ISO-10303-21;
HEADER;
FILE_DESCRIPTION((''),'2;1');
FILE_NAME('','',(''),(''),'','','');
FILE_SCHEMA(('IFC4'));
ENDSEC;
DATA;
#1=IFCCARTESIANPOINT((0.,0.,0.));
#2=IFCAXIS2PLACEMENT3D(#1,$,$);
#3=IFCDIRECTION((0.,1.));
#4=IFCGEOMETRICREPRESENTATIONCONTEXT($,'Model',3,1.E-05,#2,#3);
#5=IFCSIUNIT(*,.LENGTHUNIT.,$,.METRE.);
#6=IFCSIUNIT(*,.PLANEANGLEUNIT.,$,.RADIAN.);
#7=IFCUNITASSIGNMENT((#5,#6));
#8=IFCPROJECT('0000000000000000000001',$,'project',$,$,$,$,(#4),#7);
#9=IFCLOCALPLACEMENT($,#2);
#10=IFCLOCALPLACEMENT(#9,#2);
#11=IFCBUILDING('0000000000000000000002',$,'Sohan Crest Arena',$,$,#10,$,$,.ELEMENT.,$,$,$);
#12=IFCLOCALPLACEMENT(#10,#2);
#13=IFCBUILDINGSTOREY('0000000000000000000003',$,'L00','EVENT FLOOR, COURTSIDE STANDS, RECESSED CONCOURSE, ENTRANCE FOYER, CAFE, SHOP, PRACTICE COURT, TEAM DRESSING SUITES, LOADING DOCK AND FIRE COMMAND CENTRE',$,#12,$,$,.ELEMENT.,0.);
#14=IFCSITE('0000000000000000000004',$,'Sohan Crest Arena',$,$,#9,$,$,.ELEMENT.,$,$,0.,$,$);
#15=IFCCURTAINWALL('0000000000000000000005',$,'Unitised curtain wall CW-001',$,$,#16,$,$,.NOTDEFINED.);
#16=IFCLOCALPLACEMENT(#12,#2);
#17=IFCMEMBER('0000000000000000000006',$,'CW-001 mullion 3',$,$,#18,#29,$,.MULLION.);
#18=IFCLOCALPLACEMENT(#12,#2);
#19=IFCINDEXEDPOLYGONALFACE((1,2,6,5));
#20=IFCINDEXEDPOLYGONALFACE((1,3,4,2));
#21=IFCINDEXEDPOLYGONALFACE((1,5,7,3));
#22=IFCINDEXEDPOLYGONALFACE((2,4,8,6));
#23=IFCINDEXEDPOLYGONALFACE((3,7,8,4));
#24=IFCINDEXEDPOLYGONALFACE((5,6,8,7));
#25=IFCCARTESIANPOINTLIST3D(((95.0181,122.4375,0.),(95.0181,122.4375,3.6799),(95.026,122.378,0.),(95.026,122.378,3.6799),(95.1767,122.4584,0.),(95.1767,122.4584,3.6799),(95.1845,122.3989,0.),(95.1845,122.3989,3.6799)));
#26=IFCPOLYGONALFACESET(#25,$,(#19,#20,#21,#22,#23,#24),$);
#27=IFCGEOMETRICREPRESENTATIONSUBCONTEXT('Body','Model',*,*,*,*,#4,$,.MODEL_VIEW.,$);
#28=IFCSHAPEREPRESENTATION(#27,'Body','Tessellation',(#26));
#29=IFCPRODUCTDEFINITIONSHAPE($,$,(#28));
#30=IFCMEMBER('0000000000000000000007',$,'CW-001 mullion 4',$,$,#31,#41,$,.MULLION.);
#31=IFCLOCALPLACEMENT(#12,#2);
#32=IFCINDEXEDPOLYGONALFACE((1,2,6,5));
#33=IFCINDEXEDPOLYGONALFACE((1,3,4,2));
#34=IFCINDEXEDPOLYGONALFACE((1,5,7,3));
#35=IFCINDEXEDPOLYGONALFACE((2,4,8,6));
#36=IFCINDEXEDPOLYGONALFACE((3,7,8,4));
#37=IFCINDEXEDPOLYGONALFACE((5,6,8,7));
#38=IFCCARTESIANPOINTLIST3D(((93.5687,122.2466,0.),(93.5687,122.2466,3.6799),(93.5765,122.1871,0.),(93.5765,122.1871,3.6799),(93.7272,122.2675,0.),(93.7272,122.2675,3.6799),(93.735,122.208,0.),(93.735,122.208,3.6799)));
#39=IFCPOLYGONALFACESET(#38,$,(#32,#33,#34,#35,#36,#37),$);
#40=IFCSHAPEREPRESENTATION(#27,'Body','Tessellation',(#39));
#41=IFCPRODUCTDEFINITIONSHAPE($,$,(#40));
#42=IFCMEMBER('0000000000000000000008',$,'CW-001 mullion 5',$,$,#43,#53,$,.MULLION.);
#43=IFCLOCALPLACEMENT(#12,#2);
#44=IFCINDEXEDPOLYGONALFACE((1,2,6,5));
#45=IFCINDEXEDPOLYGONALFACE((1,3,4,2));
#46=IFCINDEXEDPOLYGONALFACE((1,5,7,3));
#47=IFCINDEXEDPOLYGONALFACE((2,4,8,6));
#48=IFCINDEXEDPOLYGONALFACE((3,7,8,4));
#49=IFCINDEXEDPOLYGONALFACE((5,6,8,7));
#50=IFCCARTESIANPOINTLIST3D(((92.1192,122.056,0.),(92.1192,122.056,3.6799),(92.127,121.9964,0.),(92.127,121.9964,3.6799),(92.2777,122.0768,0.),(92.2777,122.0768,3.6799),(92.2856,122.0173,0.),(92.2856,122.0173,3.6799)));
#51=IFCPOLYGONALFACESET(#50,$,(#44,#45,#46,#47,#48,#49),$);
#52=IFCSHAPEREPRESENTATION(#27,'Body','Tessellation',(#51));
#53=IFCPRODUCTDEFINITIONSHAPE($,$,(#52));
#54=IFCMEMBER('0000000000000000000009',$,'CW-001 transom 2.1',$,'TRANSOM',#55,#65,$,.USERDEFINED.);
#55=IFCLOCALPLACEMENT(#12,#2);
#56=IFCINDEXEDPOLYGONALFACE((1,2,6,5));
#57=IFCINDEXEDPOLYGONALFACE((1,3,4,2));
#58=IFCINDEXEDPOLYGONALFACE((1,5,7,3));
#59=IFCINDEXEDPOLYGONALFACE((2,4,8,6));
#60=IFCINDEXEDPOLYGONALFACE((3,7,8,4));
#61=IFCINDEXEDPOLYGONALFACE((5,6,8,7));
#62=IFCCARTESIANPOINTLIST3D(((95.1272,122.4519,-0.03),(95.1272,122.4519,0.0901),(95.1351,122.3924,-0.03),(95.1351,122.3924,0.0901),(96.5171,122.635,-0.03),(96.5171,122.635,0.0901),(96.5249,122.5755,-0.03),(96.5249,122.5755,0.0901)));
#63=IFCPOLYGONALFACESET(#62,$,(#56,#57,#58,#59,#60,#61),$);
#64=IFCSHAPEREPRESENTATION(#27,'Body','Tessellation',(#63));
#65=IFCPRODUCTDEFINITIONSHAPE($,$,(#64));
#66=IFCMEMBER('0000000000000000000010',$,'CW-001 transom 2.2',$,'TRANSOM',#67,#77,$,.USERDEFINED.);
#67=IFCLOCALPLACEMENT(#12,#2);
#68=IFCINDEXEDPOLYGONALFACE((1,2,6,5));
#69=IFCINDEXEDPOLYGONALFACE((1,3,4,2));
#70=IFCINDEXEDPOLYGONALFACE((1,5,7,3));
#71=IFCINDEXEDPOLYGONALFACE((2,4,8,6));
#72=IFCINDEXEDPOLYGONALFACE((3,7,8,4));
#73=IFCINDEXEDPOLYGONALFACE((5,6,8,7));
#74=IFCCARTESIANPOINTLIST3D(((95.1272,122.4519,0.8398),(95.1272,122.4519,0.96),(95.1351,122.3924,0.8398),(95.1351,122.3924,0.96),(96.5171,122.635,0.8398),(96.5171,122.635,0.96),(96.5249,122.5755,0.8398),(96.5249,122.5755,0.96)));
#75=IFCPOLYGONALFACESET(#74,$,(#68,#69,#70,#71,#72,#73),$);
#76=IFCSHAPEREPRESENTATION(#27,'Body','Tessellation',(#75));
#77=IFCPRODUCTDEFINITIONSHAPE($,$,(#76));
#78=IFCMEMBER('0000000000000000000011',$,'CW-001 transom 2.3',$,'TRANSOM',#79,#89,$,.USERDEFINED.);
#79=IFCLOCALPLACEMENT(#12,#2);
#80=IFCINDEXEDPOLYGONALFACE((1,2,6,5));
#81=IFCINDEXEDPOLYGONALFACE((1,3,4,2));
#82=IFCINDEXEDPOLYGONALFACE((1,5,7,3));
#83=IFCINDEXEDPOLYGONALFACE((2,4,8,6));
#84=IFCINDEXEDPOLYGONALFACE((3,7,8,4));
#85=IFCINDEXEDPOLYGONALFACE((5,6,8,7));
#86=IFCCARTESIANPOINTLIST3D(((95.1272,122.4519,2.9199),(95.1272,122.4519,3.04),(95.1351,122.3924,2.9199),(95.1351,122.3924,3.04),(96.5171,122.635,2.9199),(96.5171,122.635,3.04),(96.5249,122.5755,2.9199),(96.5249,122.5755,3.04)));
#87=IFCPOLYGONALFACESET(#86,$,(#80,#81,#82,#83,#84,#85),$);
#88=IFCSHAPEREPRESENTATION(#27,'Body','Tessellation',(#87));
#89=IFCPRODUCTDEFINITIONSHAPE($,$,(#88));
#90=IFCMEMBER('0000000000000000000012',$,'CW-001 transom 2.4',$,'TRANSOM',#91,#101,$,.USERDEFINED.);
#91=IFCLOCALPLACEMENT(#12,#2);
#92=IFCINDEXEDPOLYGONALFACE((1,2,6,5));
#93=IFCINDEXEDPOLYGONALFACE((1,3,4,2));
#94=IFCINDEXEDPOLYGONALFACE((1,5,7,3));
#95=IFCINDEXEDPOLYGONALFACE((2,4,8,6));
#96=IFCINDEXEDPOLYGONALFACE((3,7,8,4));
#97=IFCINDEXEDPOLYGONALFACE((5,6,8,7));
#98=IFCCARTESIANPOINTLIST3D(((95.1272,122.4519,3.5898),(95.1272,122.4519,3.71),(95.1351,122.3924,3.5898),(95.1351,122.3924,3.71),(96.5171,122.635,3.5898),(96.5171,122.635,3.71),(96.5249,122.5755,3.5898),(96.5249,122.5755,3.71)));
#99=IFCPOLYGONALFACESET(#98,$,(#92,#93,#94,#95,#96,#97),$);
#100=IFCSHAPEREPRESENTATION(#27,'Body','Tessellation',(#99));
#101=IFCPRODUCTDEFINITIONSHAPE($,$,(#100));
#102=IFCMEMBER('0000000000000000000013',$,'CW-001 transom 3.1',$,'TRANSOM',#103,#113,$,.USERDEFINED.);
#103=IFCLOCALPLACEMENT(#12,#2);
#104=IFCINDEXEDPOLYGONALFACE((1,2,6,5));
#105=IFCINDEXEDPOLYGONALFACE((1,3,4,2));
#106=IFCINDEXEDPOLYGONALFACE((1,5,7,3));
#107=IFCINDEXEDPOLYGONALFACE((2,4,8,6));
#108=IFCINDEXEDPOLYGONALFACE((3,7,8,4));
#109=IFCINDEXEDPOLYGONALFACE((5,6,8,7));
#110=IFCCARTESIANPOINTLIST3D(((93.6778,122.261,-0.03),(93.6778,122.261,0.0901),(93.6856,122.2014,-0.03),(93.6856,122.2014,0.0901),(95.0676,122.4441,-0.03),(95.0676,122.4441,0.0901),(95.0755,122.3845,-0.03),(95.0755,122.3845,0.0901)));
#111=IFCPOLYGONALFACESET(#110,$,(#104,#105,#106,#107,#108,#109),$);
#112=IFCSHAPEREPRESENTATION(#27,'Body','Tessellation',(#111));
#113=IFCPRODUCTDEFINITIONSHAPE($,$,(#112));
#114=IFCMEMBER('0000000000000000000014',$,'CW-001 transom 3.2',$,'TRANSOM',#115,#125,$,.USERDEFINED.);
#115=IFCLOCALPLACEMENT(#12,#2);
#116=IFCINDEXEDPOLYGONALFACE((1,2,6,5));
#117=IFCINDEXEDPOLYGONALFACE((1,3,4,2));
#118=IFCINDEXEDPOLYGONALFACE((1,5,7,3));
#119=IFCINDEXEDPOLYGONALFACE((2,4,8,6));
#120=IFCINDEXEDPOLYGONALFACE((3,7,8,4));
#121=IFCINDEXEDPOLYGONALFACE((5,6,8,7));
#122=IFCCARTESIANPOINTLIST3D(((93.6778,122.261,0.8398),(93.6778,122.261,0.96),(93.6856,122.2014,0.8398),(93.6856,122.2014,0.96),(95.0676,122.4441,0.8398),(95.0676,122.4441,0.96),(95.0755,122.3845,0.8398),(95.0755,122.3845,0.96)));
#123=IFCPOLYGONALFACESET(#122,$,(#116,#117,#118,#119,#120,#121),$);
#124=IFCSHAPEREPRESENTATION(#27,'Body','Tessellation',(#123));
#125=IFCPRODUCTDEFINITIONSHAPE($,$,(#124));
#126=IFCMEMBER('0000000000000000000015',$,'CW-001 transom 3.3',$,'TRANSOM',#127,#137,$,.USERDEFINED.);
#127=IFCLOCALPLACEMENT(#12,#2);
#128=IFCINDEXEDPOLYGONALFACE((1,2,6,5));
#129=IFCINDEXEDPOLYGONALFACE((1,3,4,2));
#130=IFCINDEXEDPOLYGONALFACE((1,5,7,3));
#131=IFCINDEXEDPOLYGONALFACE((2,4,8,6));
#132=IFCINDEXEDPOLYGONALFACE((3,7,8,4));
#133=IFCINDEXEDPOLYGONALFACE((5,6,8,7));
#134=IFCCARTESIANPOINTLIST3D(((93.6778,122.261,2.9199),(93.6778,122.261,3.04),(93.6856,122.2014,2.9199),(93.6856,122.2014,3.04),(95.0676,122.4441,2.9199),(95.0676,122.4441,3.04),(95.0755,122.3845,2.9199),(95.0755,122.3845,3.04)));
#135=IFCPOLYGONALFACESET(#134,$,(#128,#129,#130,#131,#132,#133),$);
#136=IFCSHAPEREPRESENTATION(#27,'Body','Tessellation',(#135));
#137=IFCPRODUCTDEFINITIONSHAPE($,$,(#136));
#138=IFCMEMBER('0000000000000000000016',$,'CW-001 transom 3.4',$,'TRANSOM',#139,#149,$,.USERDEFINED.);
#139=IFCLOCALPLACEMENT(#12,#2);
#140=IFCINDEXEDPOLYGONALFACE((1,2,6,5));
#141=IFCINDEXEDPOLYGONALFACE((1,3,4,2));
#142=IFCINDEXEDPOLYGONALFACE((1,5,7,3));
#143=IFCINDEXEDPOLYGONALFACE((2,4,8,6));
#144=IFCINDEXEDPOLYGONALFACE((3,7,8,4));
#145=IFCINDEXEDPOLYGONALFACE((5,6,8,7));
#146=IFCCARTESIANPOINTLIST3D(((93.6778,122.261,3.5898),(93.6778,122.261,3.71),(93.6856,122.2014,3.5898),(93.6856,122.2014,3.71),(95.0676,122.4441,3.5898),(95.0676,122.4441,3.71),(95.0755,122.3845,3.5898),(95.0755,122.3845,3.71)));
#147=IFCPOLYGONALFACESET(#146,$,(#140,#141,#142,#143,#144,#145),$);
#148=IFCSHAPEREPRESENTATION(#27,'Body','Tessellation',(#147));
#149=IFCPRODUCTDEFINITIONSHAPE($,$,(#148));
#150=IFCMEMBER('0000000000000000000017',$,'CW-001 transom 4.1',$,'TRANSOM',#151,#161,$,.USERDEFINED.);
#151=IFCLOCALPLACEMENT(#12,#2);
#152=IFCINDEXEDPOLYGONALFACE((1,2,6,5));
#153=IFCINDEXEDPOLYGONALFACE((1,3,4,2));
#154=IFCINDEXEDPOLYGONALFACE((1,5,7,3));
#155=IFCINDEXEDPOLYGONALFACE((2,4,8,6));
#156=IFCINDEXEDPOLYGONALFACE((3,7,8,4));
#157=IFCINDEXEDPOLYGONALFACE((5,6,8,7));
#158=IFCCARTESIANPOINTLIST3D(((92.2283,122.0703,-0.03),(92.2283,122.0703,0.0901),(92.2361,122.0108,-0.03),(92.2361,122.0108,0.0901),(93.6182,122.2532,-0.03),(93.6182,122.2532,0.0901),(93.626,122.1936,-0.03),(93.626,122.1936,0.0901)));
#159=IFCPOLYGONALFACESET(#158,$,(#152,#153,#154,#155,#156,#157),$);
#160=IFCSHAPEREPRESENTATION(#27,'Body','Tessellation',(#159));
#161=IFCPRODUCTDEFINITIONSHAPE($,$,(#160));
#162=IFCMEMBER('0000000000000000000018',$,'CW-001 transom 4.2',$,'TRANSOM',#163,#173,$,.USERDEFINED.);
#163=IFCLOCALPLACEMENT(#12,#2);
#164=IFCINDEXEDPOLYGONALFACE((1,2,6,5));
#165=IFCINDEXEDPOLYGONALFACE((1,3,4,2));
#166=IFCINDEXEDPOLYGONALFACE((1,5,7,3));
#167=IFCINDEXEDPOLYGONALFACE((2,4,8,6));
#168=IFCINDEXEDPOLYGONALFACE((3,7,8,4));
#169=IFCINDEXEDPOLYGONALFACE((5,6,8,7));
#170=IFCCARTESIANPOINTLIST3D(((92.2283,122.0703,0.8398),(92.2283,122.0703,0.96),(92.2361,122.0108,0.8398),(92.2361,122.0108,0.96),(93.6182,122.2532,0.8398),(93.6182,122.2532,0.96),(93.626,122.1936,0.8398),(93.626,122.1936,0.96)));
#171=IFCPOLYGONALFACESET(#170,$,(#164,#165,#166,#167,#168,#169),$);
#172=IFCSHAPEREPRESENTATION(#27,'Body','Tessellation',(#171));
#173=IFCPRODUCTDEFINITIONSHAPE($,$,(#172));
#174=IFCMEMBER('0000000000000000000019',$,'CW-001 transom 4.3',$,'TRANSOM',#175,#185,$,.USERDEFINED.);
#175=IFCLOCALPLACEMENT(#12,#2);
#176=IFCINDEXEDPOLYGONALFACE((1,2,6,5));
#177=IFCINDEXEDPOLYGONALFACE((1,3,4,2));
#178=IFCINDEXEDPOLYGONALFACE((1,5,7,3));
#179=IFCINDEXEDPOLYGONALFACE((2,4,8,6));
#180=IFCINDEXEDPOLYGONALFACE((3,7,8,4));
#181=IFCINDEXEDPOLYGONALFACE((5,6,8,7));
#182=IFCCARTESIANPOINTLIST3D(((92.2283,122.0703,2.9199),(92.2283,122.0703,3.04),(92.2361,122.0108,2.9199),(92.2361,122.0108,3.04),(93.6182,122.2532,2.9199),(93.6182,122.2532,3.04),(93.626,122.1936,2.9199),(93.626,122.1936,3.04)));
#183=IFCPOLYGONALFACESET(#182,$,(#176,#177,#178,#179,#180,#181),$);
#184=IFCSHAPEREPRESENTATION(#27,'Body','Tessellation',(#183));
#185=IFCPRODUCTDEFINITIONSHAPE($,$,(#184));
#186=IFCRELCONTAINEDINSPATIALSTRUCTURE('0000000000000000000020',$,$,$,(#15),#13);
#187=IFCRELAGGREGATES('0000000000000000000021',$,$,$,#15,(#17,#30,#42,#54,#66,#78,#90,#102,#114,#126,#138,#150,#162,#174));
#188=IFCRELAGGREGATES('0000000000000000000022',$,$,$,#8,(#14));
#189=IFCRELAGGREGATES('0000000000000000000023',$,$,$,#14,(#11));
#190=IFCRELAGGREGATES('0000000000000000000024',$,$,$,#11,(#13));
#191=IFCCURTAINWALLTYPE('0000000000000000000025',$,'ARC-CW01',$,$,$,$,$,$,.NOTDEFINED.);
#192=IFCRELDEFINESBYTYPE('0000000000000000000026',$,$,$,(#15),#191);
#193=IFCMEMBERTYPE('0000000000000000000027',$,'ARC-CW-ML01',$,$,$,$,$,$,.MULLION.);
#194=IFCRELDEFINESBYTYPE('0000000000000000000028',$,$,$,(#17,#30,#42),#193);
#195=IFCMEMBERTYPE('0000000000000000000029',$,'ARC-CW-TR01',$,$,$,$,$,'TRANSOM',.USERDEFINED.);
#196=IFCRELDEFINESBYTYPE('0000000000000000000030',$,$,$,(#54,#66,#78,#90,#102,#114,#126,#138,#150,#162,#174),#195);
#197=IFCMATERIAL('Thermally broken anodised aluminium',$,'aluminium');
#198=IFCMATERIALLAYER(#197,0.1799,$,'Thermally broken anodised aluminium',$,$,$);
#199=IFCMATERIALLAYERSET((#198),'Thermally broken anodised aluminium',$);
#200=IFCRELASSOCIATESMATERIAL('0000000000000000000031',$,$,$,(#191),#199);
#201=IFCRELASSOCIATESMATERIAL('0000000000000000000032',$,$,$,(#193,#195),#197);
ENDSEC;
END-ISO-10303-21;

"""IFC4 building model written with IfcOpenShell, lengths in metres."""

from ifc_helpers import new_model, si_unit, direction, frame, origin, origin_2d, place, context, subcontext, project, spatial, rectangle, extrude, material, layer, layer_set, material_profile, profile_set, type_object, element, aggregate, save


model = new_model("IFC4")

# Units and contexts
model_context = context("Model", 3, precision=1e-05, world=origin(), true_north=direction((0.0, 1.0)))
body_context = subcontext(model_context, "Body", "Model", "MODEL_VIEW")
ifc_project = project(units=[si_unit("LENGTHUNIT", "METRE"), si_unit("PLANEANGLEUNIT", "RADIAN")], contexts=[model_context])

# Site, building, storey
site_placement = place(None, origin())
site = spatial("IfcSite", under=ifc_project, at=site_placement, Name="Sohan Crest Arena", CompositionType="ELEMENT", RefElevation=0.0)
building_placement = place(site_placement, origin())
building = spatial("IfcBuilding", under=site, at=building_placement, Name="Sohan Crest Arena", CompositionType="ELEMENT")
storey_placement = place(building_placement, origin())
storey = spatial("IfcBuildingStorey", under=building, at=storey_placement, Name="L00", Description="EVENT FLOOR, COURTSIDE STANDS, RECESSED CONCOURSE, ENTRANCE FOYER, CAFE, SHOP, PRACTICE COURT, TEAM DRESSING SUITES, LOADING DOCK AND FIRE COMMAND CENTRE", CompositionType="ELEMENT", Elevation=0.0)

# Curtain wall, members
ifc_material_1 = material(Name="Thermally broken anodised aluminium", Category="aluminium")
ifc_layer_1 = layer(ifc_material_1, 0.1799, Name="Thermally broken anodised aluminium")
ifc_layer_set_1 = layer_set([ifc_layer_1], Name="Thermally broken anodised aluminium")
curtain_wall_type = type_object("IfcCurtainWallType", Name="ARC-CW01", PredefinedType="NOTDEFINED", material=ifc_layer_set_1)
curtain_wall_placement = place(storey_placement, origin())
curtain_wall = element("IfcCurtainWall", 1, at=curtain_wall_placement, inside=storey, type_object=curtain_wall_type, Name="Unitised curtain wall CW-001", PredefinedType="NOTDEFINED")
ifc_material_profile_1 = material_profile(ifc_material_1, rectangle(XDim=0.0601, YDim=0.1599, at=origin_2d()), Name="ALU-MULL 60x160")
ifc_profile_set_1 = profile_set([ifc_material_profile_1], Name="Thermally broken anodised aluminium")
member_type_1 = type_object("IfcMemberType", Name="ARC-CW-ML01", PredefinedType="MULLION", material=ifc_profile_set_1)
member_1_placement = place(storey_placement, frame((95.1013, 122.4182, 0.0), z_axis=(0.0, 0.0, 1.0), x_axis=(0.130567, -0.991439, 0.0)))
member_1 = element("IfcMember", 2, at=member_1_placement, type_object=member_type_1, Name="CW-001 mullion 3", PredefinedType="MULLION", context=body_context, shape_type="SweptSolid", body=[
    extrude(rectangle(XDim=0.0601, YDim=0.1599, at=origin_2d()), origin(), (0.0, 0.0, 1.0), 3.6799),
])
member_2_placement = place(storey_placement, frame((93.6519, 122.2273, 0.0), z_axis=(0.0, 0.0, 1.0), x_axis=(0.130567, -0.991439, 0.0)))
member_2 = element("IfcMember", 3, at=member_2_placement, type_object=member_type_1, Name="CW-001 mullion 4", PredefinedType="MULLION", context=body_context, shape_type="SweptSolid", body=[
    extrude(rectangle(XDim=0.0601, YDim=0.1599, at=origin_2d()), origin(), (0.0, 0.0, 1.0), 3.6799),
])
member_3_placement = place(storey_placement, frame((92.2024, 122.0366, 0.0), z_axis=(0.0, 0.0, 1.0), x_axis=(0.130567, -0.991439, 0.0)))
member_3 = element("IfcMember", 4, at=member_3_placement, type_object=member_type_1, Name="CW-001 mullion 5", PredefinedType="MULLION", context=body_context, shape_type="SweptSolid", body=[
    extrude(rectangle(XDim=0.0601, YDim=0.1599, at=origin_2d()), origin(), (0.0, 0.0, 1.0), 3.6799),
])
ifc_material_profile_2 = material_profile(ifc_material_1, rectangle(XDim=0.0601, YDim=0.1201, at=origin_2d()), Name="ALU-TRAN 60x120")
ifc_profile_set_2 = profile_set([ifc_material_profile_2], Name="Thermally broken anodised aluminium")
member_type_2 = type_object("IfcMemberType", Name="ARC-CW-TR01", ElementType="TRANSOM", PredefinedType="USERDEFINED", material=ifc_profile_set_2)
member_4_placement = place(storey_placement, frame((96.521, 122.6052, 0.03), z_axis=(-0.991434, -0.130612, 0.0), x_axis=(0.130612, -0.991434, 0.0)))
member_4 = element("IfcMember", 5, at=member_4_placement, type_object=member_type_2, Name="CW-001 transom 2.1", ObjectType="TRANSOM", PredefinedType="USERDEFINED", context=body_context, shape_type="SweptSolid", body=[
    extrude(rectangle(XDim=0.0601, YDim=0.1201, at=origin_2d()), origin(), (0.0, 0.0, 1.0), 1.4019),
])
member_5_placement = place(storey_placement, frame((96.521, 122.6052, 0.8999), z_axis=(-0.991434, -0.130612, 0.0), x_axis=(0.130612, -0.991434, 0.0)))
member_5 = element("IfcMember", 6, at=member_5_placement, type_object=member_type_2, Name="CW-001 transom 2.2", ObjectType="TRANSOM", PredefinedType="USERDEFINED", context=body_context, shape_type="SweptSolid", body=[
    extrude(rectangle(XDim=0.0601, YDim=0.1201, at=origin_2d()), origin(), (0.0, 0.0, 1.0), 1.4019),
])
member_6_placement = place(storey_placement, frame((96.521, 122.6052, 2.98), z_axis=(-0.991434, -0.130612, 0.0), x_axis=(0.130612, -0.991434, 0.0)))
member_6 = element("IfcMember", 7, at=member_6_placement, type_object=member_type_2, Name="CW-001 transom 2.3", ObjectType="TRANSOM", PredefinedType="USERDEFINED", context=body_context, shape_type="SweptSolid", body=[
    extrude(rectangle(XDim=0.0601, YDim=0.1201, at=origin_2d()), origin(), (0.0, 0.0, 1.0), 1.4019),
])
member_7_placement = place(storey_placement, frame((96.521, 122.6052, 3.6499), z_axis=(-0.991434, -0.130612, 0.0), x_axis=(0.130612, -0.991434, 0.0)))
member_7 = element("IfcMember", 8, at=member_7_placement, type_object=member_type_2, Name="CW-001 transom 2.4", ObjectType="TRANSOM", PredefinedType="USERDEFINED", context=body_context, shape_type="SweptSolid", body=[
    extrude(rectangle(XDim=0.0601, YDim=0.1201, at=origin_2d()), origin(), (0.0, 0.0, 1.0), 1.4019),
])
member_8_placement = place(storey_placement, frame((95.0715, 122.4143, 0.03), z_axis=(-0.991434, -0.130612, 0.0), x_axis=(0.130612, -0.991434, 0.0)))
member_8 = element("IfcMember", 9, at=member_8_placement, type_object=member_type_2, Name="CW-001 transom 3.1", ObjectType="TRANSOM", PredefinedType="USERDEFINED", context=body_context, shape_type="SweptSolid", body=[
    extrude(rectangle(XDim=0.0601, YDim=0.1201, at=origin_2d()), origin(), (0.0, 0.0, 1.0), 1.4019),
])
member_9_placement = place(storey_placement, frame((95.0715, 122.4143, 0.8999), z_axis=(-0.991434, -0.130612, 0.0), x_axis=(0.130612, -0.991434, 0.0)))
member_9 = element("IfcMember", 10, at=member_9_placement, type_object=member_type_2, Name="CW-001 transom 3.2", ObjectType="TRANSOM", PredefinedType="USERDEFINED", context=body_context, shape_type="SweptSolid", body=[
    extrude(rectangle(XDim=0.0601, YDim=0.1201, at=origin_2d()), origin(), (0.0, 0.0, 1.0), 1.4019),
])
member_10_placement = place(storey_placement, frame((95.0715, 122.4143, 2.98), z_axis=(-0.991434, -0.130612, 0.0), x_axis=(0.130612, -0.991434, 0.0)))
member_10 = element("IfcMember", 11, at=member_10_placement, type_object=member_type_2, Name="CW-001 transom 3.3", ObjectType="TRANSOM", PredefinedType="USERDEFINED", context=body_context, shape_type="SweptSolid", body=[
    extrude(rectangle(XDim=0.0601, YDim=0.1201, at=origin_2d()), origin(), (0.0, 0.0, 1.0), 1.4019),
])
member_11_placement = place(storey_placement, frame((95.0715, 122.4143, 3.6499), z_axis=(-0.991434, -0.130612, 0.0), x_axis=(0.130612, -0.991434, 0.0)))
member_11 = element("IfcMember", 12, at=member_11_placement, type_object=member_type_2, Name="CW-001 transom 3.4", ObjectType="TRANSOM", PredefinedType="USERDEFINED", context=body_context, shape_type="SweptSolid", body=[
    extrude(rectangle(XDim=0.0601, YDim=0.1201, at=origin_2d()), origin(), (0.0, 0.0, 1.0), 1.4019),
])
member_12_placement = place(storey_placement, frame((93.6221, 122.2234, 0.03), z_axis=(-0.991456, -0.130441, 0.0), x_axis=(0.130441, -0.991456, 0.0)))
member_12 = element("IfcMember", 13, at=member_12_placement, type_object=member_type_2, Name="CW-001 transom 4.1", ObjectType="TRANSOM", PredefinedType="USERDEFINED", context=body_context, shape_type="SweptSolid", body=[
    extrude(rectangle(XDim=0.0601, YDim=0.1201, at=origin_2d()), origin(), (0.0, 0.0, 1.0), 1.4019),
])
member_13_placement = place(storey_placement, frame((93.6221, 122.2234, 0.8999), z_axis=(-0.991456, -0.130441, 0.0), x_axis=(0.130441, -0.991456, 0.0)))
member_13 = element("IfcMember", 14, at=member_13_placement, type_object=member_type_2, Name="CW-001 transom 4.2", ObjectType="TRANSOM", PredefinedType="USERDEFINED", context=body_context, shape_type="SweptSolid", body=[
    extrude(rectangle(XDim=0.0601, YDim=0.1201, at=origin_2d()), origin(), (0.0, 0.0, 1.0), 1.4019),
])
member_14_placement = place(storey_placement, frame((93.6221, 122.2234, 2.98), z_axis=(-0.991456, -0.130441, 0.0), x_axis=(0.130441, -0.991456, 0.0)))
member_14 = element("IfcMember", 15, at=member_14_placement, type_object=member_type_2, Name="CW-001 transom 4.3", ObjectType="TRANSOM", PredefinedType="USERDEFINED", context=body_context, shape_type="SweptSolid", body=[
    extrude(rectangle(XDim=0.0601, YDim=0.1201, at=origin_2d()), origin(), (0.0, 0.0, 1.0), 1.4019),
])
aggregate(curtain_wall, [member_1, member_2, member_3, member_4, member_5, member_6, member_7, member_8, member_9, member_10, member_11, member_12, member_13, member_14])

save(model, "model.ifc")
